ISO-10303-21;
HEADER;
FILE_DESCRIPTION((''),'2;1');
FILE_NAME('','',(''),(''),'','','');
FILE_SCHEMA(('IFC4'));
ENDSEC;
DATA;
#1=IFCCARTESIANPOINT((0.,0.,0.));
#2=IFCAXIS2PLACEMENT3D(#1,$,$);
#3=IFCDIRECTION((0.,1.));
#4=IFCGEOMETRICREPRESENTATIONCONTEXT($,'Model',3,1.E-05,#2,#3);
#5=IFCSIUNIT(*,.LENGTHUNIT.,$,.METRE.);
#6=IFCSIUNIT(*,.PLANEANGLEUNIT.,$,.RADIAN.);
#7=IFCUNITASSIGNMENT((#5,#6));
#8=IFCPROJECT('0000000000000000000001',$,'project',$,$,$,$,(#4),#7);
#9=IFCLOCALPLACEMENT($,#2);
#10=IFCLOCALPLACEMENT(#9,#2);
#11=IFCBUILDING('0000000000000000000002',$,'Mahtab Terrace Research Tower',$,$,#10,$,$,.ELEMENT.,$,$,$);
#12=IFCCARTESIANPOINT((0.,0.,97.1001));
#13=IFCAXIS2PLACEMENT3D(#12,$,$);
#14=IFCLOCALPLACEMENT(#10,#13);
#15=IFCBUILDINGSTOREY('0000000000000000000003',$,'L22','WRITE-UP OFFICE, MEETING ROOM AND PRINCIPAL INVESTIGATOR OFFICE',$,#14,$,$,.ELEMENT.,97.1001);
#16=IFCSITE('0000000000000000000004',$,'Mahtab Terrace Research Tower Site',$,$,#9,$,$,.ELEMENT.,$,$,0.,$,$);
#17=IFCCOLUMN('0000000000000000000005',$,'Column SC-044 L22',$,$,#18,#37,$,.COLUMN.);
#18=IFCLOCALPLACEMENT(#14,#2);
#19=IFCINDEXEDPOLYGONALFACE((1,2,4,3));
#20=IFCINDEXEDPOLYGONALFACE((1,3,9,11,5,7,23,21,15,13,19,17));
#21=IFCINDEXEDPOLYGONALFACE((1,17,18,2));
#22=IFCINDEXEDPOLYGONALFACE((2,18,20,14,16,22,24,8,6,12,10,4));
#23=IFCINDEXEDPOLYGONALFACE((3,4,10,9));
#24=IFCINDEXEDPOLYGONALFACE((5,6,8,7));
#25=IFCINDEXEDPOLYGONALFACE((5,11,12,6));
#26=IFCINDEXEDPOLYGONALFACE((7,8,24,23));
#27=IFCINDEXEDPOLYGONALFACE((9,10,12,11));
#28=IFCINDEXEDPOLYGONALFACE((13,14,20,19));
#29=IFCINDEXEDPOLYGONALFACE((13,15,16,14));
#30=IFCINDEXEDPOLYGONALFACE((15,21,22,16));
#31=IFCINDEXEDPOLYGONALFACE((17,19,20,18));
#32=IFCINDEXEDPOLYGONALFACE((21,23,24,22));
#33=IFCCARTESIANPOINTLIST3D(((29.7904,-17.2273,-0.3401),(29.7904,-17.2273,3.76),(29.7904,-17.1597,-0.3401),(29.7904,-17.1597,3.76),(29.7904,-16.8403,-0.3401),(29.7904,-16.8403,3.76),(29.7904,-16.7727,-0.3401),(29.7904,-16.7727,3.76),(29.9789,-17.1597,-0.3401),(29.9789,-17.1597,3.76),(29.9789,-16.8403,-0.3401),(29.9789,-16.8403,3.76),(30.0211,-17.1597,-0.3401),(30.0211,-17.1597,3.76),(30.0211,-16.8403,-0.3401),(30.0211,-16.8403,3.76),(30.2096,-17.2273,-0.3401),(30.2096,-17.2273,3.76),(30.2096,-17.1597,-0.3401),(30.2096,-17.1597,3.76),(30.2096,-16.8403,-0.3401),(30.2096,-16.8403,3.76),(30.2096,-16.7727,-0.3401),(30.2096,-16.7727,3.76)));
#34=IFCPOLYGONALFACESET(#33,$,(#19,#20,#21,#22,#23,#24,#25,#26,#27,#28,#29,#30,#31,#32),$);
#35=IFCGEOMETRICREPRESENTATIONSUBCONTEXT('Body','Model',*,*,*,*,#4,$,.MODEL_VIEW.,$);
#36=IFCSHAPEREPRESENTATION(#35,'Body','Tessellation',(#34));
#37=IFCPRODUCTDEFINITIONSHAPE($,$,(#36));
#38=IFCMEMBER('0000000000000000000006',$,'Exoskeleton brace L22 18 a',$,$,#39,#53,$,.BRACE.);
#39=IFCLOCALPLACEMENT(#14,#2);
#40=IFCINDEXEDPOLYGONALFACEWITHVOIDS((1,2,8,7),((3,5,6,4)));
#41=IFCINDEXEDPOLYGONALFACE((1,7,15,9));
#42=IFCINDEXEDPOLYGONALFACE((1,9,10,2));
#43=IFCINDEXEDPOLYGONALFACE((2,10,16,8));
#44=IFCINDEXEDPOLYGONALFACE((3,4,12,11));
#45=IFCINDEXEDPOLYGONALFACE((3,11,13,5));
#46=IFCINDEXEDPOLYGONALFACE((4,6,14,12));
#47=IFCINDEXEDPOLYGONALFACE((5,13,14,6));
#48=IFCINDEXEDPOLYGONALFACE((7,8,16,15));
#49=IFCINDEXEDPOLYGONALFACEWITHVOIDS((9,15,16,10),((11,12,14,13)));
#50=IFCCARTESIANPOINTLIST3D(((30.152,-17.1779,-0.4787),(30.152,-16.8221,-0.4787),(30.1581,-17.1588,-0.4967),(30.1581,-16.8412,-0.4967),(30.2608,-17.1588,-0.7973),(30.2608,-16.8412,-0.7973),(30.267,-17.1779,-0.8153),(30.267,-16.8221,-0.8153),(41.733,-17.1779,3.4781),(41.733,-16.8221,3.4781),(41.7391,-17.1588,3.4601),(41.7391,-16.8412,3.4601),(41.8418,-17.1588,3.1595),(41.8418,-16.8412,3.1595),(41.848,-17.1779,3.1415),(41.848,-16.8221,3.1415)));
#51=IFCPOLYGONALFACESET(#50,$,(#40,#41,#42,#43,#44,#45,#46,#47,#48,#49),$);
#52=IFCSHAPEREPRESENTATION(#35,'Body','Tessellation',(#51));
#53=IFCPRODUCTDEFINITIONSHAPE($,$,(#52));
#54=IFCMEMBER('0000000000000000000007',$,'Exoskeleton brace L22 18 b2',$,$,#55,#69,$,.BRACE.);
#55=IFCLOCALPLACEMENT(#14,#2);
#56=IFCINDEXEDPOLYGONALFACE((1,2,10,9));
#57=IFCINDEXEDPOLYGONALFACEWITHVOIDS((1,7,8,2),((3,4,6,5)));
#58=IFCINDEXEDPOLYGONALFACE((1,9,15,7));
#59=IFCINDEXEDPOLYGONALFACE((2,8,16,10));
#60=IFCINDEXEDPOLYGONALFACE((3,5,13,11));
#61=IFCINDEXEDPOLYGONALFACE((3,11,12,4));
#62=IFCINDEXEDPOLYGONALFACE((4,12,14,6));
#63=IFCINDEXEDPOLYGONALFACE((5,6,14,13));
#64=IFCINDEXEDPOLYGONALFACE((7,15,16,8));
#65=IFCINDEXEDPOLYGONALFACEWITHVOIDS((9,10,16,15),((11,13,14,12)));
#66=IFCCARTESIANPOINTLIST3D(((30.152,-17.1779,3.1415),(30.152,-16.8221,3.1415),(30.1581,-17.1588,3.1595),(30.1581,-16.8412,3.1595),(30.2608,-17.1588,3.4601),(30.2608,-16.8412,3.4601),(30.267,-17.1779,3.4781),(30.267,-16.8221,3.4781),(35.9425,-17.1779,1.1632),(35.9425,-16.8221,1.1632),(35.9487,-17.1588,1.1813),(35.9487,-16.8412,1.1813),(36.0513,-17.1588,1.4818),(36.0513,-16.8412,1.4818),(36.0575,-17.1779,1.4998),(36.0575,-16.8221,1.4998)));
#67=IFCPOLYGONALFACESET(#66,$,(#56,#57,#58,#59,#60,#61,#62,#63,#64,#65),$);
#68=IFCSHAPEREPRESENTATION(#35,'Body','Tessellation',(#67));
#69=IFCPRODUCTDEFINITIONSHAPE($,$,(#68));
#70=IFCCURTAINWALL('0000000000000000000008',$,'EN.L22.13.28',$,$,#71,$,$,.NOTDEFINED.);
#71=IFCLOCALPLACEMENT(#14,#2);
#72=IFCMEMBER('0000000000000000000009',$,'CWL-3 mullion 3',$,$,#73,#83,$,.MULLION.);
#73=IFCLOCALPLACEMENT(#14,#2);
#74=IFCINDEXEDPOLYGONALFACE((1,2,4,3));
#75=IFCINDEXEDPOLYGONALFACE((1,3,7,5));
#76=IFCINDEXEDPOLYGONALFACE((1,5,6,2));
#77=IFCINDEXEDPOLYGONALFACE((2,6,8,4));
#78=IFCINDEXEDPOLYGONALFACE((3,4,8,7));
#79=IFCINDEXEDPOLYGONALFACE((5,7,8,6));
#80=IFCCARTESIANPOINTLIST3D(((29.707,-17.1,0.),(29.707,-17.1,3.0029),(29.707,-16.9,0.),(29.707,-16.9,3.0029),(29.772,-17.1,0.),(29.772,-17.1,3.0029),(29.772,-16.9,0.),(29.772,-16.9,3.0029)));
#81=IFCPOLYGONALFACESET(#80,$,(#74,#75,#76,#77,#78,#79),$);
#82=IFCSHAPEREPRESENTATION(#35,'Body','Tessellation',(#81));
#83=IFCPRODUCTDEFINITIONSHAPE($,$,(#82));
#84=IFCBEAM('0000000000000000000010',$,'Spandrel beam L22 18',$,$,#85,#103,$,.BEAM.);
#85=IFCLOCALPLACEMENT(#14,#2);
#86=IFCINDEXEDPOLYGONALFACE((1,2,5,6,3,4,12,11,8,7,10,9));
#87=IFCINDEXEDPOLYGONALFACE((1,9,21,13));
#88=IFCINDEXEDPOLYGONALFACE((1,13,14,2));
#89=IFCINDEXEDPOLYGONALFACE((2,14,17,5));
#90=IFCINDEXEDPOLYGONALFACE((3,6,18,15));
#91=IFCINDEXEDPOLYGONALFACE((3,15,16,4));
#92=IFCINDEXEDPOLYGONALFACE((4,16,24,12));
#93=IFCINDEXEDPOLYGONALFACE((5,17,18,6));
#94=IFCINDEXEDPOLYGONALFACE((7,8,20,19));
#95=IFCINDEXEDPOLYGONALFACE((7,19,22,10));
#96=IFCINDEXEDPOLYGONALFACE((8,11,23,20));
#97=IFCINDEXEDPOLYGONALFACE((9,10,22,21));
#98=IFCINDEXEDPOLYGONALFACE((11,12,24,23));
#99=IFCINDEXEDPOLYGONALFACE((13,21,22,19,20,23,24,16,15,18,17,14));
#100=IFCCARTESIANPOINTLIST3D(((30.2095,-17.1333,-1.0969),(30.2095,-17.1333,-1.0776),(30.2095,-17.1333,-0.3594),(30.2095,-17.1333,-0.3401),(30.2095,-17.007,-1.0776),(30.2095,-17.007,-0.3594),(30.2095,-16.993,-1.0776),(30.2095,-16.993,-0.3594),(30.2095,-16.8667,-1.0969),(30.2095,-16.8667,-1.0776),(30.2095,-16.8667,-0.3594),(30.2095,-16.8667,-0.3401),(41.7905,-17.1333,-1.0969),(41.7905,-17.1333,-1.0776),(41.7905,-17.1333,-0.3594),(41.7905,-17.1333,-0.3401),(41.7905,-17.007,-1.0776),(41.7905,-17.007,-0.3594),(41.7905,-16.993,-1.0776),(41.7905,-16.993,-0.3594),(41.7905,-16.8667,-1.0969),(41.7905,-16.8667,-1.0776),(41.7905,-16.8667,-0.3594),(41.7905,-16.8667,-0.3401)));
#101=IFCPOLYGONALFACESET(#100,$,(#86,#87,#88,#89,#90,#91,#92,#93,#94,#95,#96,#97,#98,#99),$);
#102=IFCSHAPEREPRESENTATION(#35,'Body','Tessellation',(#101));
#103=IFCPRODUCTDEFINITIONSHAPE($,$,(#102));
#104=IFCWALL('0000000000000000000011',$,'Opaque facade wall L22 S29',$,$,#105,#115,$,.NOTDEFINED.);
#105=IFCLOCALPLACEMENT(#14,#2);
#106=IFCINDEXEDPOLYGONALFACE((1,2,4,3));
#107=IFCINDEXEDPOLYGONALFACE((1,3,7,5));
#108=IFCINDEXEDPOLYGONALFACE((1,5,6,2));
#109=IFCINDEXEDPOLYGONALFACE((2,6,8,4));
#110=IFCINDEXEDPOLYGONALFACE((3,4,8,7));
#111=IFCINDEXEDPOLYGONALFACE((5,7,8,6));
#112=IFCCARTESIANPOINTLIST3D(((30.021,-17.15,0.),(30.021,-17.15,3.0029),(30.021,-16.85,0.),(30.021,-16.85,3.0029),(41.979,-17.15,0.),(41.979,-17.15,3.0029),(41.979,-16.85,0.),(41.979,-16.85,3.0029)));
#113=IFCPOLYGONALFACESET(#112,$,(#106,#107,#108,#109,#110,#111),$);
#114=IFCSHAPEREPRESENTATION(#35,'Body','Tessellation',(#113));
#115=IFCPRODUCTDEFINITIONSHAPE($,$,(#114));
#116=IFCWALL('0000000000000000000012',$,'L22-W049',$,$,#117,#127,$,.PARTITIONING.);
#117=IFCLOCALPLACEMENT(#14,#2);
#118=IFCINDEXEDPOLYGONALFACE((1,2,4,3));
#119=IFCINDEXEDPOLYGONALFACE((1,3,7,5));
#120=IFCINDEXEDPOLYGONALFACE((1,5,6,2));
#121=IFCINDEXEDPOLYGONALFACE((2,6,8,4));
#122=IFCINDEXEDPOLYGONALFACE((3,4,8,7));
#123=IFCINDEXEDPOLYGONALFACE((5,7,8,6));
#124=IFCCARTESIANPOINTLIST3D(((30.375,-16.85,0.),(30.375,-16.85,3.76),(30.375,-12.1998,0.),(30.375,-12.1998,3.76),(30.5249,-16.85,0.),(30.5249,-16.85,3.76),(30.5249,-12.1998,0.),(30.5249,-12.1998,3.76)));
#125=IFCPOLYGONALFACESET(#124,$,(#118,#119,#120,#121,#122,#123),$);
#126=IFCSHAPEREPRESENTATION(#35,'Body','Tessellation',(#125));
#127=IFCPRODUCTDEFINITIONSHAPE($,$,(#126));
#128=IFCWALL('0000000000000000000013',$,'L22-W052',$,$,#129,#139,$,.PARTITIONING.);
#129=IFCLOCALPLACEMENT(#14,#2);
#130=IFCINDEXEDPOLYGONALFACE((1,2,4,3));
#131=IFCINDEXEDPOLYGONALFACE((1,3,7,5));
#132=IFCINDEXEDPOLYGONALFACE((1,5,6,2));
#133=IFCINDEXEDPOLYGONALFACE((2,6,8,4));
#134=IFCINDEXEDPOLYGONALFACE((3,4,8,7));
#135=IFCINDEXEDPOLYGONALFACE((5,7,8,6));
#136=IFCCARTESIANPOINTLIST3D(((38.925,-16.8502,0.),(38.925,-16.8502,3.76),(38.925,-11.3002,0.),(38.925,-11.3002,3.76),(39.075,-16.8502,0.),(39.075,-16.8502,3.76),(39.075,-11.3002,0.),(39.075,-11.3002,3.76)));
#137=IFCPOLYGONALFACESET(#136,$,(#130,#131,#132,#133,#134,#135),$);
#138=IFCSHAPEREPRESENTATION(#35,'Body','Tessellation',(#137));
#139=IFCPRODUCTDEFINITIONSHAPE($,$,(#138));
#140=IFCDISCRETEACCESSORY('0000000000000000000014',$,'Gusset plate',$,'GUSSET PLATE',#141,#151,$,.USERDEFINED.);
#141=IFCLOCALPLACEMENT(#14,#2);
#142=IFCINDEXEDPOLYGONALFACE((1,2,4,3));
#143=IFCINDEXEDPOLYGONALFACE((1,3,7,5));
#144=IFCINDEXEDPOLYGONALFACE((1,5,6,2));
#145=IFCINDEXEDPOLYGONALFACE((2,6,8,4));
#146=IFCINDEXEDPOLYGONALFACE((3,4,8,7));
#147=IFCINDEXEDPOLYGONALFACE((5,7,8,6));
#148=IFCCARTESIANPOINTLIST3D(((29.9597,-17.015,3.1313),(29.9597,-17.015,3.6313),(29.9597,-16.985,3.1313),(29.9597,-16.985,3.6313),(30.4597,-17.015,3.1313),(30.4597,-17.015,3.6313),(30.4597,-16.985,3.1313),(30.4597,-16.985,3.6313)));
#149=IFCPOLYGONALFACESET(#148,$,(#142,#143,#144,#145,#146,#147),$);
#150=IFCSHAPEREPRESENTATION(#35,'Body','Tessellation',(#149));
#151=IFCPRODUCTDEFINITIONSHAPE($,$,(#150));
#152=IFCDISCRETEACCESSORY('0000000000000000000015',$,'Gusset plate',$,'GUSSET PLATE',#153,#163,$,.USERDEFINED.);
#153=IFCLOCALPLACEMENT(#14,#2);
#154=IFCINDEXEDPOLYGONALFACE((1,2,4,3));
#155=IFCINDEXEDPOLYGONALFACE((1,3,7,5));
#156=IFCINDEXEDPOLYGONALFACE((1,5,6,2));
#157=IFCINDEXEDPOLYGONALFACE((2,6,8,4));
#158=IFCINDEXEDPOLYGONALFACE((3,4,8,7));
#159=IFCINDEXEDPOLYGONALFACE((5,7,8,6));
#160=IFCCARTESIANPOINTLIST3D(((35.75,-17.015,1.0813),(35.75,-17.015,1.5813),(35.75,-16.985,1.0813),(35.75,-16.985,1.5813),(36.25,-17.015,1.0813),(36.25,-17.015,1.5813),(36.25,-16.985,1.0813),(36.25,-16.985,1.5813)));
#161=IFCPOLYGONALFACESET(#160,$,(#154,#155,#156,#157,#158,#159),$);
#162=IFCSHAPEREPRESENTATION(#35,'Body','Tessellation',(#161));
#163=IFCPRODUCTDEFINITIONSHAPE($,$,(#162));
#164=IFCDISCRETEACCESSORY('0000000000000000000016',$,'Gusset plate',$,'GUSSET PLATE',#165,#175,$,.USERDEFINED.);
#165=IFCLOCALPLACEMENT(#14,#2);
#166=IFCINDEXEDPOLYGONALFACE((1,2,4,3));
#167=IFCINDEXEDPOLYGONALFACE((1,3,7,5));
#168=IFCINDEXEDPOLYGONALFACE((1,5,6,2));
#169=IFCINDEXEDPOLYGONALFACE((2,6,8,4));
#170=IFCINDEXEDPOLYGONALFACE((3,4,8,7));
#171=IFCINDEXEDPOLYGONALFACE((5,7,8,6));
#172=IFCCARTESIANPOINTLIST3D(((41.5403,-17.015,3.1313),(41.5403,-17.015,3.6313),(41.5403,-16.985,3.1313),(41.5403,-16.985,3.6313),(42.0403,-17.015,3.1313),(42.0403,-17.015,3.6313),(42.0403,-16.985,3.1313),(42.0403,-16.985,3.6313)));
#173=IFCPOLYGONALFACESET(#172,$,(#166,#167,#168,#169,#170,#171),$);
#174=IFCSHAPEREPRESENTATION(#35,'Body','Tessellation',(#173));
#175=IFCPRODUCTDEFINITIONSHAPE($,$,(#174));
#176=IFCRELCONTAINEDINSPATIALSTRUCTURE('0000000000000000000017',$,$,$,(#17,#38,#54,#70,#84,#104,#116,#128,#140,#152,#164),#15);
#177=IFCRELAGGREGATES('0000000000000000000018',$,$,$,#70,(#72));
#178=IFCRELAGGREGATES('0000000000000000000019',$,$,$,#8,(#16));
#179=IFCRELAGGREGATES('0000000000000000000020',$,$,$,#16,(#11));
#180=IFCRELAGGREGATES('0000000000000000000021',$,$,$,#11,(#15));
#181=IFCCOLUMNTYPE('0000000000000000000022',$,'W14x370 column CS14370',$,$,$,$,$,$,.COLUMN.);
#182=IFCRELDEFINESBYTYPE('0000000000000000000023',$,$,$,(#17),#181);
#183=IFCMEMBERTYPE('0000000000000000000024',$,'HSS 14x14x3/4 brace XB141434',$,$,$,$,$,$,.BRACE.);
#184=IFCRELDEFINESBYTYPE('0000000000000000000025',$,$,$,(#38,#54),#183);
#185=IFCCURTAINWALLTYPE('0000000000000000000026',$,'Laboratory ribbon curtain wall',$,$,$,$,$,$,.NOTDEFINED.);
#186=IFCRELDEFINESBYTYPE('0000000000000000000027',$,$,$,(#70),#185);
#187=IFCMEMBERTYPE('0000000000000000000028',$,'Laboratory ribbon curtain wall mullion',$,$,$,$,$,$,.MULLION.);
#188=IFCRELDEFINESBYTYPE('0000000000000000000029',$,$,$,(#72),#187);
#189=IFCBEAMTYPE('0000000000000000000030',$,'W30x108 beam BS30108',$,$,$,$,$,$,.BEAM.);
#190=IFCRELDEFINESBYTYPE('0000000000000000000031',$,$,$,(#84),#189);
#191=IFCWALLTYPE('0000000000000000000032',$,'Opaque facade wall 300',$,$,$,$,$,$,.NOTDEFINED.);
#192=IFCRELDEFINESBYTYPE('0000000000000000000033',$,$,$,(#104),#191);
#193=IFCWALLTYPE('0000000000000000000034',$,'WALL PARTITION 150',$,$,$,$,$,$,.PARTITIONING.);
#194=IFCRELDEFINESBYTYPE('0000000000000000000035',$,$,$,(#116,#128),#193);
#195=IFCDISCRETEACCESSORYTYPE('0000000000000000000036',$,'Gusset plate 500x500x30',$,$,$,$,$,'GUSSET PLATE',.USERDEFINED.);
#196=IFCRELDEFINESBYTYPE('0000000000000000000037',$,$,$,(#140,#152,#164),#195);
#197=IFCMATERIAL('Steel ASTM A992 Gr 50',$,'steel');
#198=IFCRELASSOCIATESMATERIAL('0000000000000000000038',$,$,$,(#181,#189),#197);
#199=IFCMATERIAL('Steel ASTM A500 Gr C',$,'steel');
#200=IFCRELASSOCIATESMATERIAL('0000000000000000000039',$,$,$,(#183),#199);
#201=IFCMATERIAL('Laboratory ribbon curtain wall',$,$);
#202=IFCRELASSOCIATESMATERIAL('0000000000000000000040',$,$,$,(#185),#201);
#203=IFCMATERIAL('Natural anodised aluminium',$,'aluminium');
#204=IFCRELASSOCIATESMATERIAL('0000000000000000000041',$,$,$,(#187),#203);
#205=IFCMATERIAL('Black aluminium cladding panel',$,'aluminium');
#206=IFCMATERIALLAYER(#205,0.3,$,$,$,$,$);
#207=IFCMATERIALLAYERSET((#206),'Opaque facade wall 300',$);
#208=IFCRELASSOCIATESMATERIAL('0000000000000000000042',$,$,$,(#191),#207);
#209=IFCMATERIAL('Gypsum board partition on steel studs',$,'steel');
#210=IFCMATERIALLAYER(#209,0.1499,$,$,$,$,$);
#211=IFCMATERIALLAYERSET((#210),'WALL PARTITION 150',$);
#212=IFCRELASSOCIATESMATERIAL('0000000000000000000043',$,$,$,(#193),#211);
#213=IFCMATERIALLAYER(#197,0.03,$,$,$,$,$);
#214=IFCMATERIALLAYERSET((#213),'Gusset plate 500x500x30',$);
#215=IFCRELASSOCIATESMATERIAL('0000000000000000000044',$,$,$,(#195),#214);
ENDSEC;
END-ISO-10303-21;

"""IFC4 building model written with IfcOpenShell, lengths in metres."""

from ifc_helpers import new_model, si_unit, direction, frame, frame_2d, origin, origin_2d, place, context, subcontext, project, spatial, rectangle, hollow_rectangle, i_section, extrude, material, layer, layer_set, material_profile, profile_set, type_object, element, aggregate, save


model = new_model("IFC4")

# Units and contexts
model_context = context("Model", 3, precision=1e-05, world=origin(), true_north=direction((0.0, 1.0)))
body_context = subcontext(model_context, "Body", "Model", "MODEL_VIEW")
ifc_project = project(units=[si_unit("LENGTHUNIT", "METRE"), si_unit("PLANEANGLEUNIT", "RADIAN")], contexts=[model_context])

# Site, building, storey
site_placement = place(None, origin())
site = spatial("IfcSite", under=ifc_project, at=site_placement, Name="Mahtab Terrace Research Tower Site", CompositionType="ELEMENT", RefElevation=0.0)
building_placement = place(site_placement, origin())
building = spatial("IfcBuilding", under=site, at=building_placement, Name="Mahtab Terrace Research Tower", CompositionType="ELEMENT")
storey_placement = place(building_placement, frame((0.0, 0.0, 97.1001)))
storey = spatial("IfcBuildingStorey", under=building, at=storey_placement, Name="L22", Description="WRITE-UP OFFICE, MEETING ROOM AND PRINCIPAL INVESTIGATOR OFFICE", CompositionType="ELEMENT", Elevation=97.1001)

# Column
ifc_material_1 = material(Name="Steel ASTM A992 Gr 50", Category="steel")
ifc_material_profile_1 = material_profile(ifc_material_1, i_section(OverallWidth=0.4192, OverallDepth=0.4546, WebThickness=0.0422, FlangeThickness=0.0676, at=origin_2d()), Name="W14X370")
ifc_profile_set_1 = profile_set([ifc_material_profile_1], Name="Steel ASTM A992 Gr 50")
column_type = type_object("IfcColumnType", Name="W14x370 column CS14370", PredefinedType="COLUMN", material=ifc_profile_set_1)
column_placement = place(storey_placement, frame((30.0, -17.0, -0.3401), z_axis=(0.0, 0.0, 1.0), x_axis=(1.0, 0.0, 0.0)))
element("IfcColumn", 1, at=column_placement, inside=storey, type_object=column_type, Name="Column SC-044 L22", PredefinedType="COLUMN", context=body_context, shape_type="SweptSolid", body=[
    extrude(i_section(OverallWidth=0.4192, OverallDepth=0.4546, WebThickness=0.0422, FlangeThickness=0.0676, at=origin_2d()), origin(), (0.0, 0.0, 1.0), 4.1001),
])

# Members
ifc_material_2 = material(Name="Steel ASTM A500 Gr C", Category="steel")
ifc_material_profile_2 = material_profile(ifc_material_2, hollow_rectangle(XDim=0.3557, YDim=0.3557, WallThickness=0.019, at=origin_2d()), Name="HSS14X14X3/4")
ifc_profile_set_2 = profile_set([ifc_material_profile_2], Name="Steel ASTM A500 Gr C")
member_type_1 = type_object("IfcMemberType", Name="HSS 14x14x3/4 brace XB141434", PredefinedType="BRACE", material=ifc_profile_set_2)
member_1_placement = place(storey_placement, frame((30.2095, -17.0, -0.647), z_axis=(0.946293, 0.0, 0.323311), x_axis=(0.0, 1.0, 0.0)))
element("IfcMember", 2, at=member_1_placement, inside=storey, type_object=member_type_1, Name="Exoskeleton brace L22 18 a", PredefinedType="BRACE", context=body_context, shape_type="SweptSolid", body=[
    extrude(hollow_rectangle(XDim=0.3557, YDim=0.3557, WallThickness=0.019, at=origin_2d()), origin(), (0.0, 0.0, 1.0), 12.2383),
])
member_2_placement = place(storey_placement, frame((36.0, -17.0, 1.3315), z_axis=(-0.946299, 0.0, 0.323293), x_axis=(0.0, -1.0, 0.0)))
element("IfcMember", 3, at=member_2_placement, inside=storey, type_object=member_type_1, Name="Exoskeleton brace L22 18 b2", PredefinedType="BRACE", context=body_context, shape_type="SweptSolid", body=[
    extrude(hollow_rectangle(XDim=0.3557, YDim=0.3557, WallThickness=0.019, at=origin_2d()), origin(), (0.0, 0.0, 1.0), 6.1191),
])

# Curtain wall, member
ifc_material_3 = material(Name="Laboratory ribbon curtain wall")
curtain_wall_type = type_object("IfcCurtainWallType", Name="Laboratory ribbon curtain wall", PredefinedType="NOTDEFINED", material=ifc_material_3)
curtain_wall_placement = place(storey_placement, origin())
curtain_wall = element("IfcCurtainWall", 4, at=curtain_wall_placement, inside=storey, type_object=curtain_wall_type, Name="EN.L22.13.28", PredefinedType="NOTDEFINED")
ifc_material_4 = material(Name="Natural anodised aluminium", Category="aluminium")
ifc_material_profile_3 = material_profile(ifc_material_4, rectangle(XDim=0.2, YDim=0.0649, at=origin_2d()), Name="MULLION 65x200")
ifc_profile_set_3 = profile_set([ifc_material_profile_3], Name="Natural anodised aluminium")
member_type_2 = type_object("IfcMemberType", Name="Laboratory ribbon curtain wall mullion", PredefinedType="MULLION", material=ifc_profile_set_3)
member_3_placement = place(storey_placement, frame((29.7395, -17.0, 0.0), z_axis=(0.0, 0.0, 1.0), x_axis=(0.0, 1.0, 0.0)))
member_3 = element("IfcMember", 5, at=member_3_placement, type_object=member_type_2, Name="CWL-3 mullion 3", PredefinedType="MULLION", context=body_context, shape_type="SweptSolid", body=[
    extrude(rectangle(XDim=0.2, YDim=0.0649, at=origin_2d()), origin(), (0.0, 0.0, 1.0), 3.0029),
])
aggregate(curtain_wall, [member_3])

# Beam
ifc_material_profile_4 = material_profile(ifc_material_1, i_section(OverallWidth=0.2666, OverallDepth=0.7568, WebThickness=0.0139, FlangeThickness=0.0193, at=origin_2d()), Name="W30X108")
ifc_profile_set_4 = profile_set([ifc_material_profile_4], Name="Steel ASTM A992 Gr 50")
beam_type = type_object("IfcBeamType", Name="W30x108 beam BS30108", PredefinedType="BEAM", material=ifc_profile_set_4)
beam_placement = place(storey_placement, frame((30.2095, -17.0, -0.7185), z_axis=(1.0, 0.0, 0.0), x_axis=(0.0, 1.0, 0.0)))
element("IfcBeam", 6, at=beam_placement, inside=storey, type_object=beam_type, Name="Spandrel beam L22 18", PredefinedType="BEAM", context=body_context, shape_type="SweptSolid", body=[
    extrude(i_section(OverallWidth=0.2666, OverallDepth=0.7568, WebThickness=0.0139, FlangeThickness=0.0193, at=origin_2d()), origin(), (0.0, 0.0, 1.0), 11.5811),
])

# Walls
ifc_material_5 = material(Name="Black aluminium cladding panel", Category="aluminium")
ifc_layer_1 = layer(ifc_material_5, 0.3)
ifc_layer_set_1 = layer_set([ifc_layer_1], Name="Opaque facade wall 300")
wall_type_1 = type_object("IfcWallType", Name="Opaque facade wall 300", PredefinedType="NOTDEFINED", material=ifc_layer_set_1)
wall_1_placement = place(storey_placement, frame((30.021, -17.0, 0.0), z_axis=(0.0, 0.0, 1.0), x_axis=(1.0, 0.0, 0.0)))
element("IfcWall", 7, at=wall_1_placement, inside=storey, type_object=wall_type_1, Name="Opaque facade wall L22 S29", PredefinedType="NOTDEFINED", context=body_context, shape_type="SweptSolid", body=[
    extrude(rectangle(XDim=11.958, YDim=0.3, at=frame_2d((5.979, 0.0))), origin(), (0.0, 0.0, 1.0), 3.0029),
])
ifc_material_6 = material(Name="Gypsum board partition on steel studs", Category="steel")
ifc_layer_2 = layer(ifc_material_6, 0.1499)
ifc_layer_set_2 = layer_set([ifc_layer_2], Name="WALL PARTITION 150")
wall_type_2 = type_object("IfcWallType", Name="WALL PARTITION 150", PredefinedType="PARTITIONING", material=ifc_layer_set_2)
wall_2_placement = place(storey_placement, frame((30.45, -16.8501, 0.0), z_axis=(0.0, 0.0, 1.0), x_axis=(0.0, 1.0, 0.0)))
element("IfcWall", 8, at=wall_2_placement, inside=storey, type_object=wall_type_2, Name="L22-W049", PredefinedType="PARTITIONING", context=body_context, shape_type="SweptSolid", body=[
    extrude(rectangle(XDim=4.6501, YDim=0.1499, at=frame_2d((2.3252, 0.0))), origin(), (0.0, 0.0, 1.0), 3.76),
])
wall_3_placement = place(storey_placement, frame((39.0, -16.8501, 0.0), z_axis=(0.0, 0.0, 1.0), x_axis=(0.0, 1.0, 0.0)))
element("IfcWall", 9, at=wall_3_placement, inside=storey, type_object=wall_type_2, Name="L22-W052", PredefinedType="PARTITIONING", context=body_context, shape_type="SweptSolid", body=[
    extrude(rectangle(XDim=5.55, YDim=0.1499, at=frame_2d((2.7749, 0.0))), origin(), (0.0, 0.0, 1.0), 3.76),
])

# Discrete accessories
ifc_layer_3 = layer(ifc_material_1, 0.03)
ifc_layer_set_3 = layer_set([ifc_layer_3], Name="Gusset plate 500x500x30")
discrete_accessory_type = type_object("IfcDiscreteAccessoryType", Name="Gusset plate 500x500x30", ElementType="GUSSET PLATE", PredefinedType="USERDEFINED", material=ifc_layer_set_3)
for number, where, z_axis, x_axis, name in (
    (10, (30.2097, -17.0, 3.1313), (0.0, 0.0, 1.0), (1.0, 0.0, 0.0), "Gusset plate"),
    (11, (36.0, -17.0, 1.0813), (0.0, 0.0, 1.0), (1.0, 0.0, 0.0), "Gusset plate"),
    (12, (41.7903, -17.0, 3.1313), (0.0, 0.0, 1.0), (1.0, 0.0, 0.0), "Gusset plate"),
):
    element("IfcDiscreteAccessory", number, at=place(storey_placement, frame(where, z_axis=z_axis, x_axis=x_axis)), inside=storey, type_object=discrete_accessory_type, Name=name, ObjectType="GUSSET PLATE", PredefinedType="USERDEFINED", context=body_context, shape_type="SweptSolid", body=[
        extrude(rectangle(XDim=0.5, YDim=0.03, at=origin_2d()), origin(), (0.0, 0.0, 1.0), 0.5),
    ])

save(model, "model.ifc")
